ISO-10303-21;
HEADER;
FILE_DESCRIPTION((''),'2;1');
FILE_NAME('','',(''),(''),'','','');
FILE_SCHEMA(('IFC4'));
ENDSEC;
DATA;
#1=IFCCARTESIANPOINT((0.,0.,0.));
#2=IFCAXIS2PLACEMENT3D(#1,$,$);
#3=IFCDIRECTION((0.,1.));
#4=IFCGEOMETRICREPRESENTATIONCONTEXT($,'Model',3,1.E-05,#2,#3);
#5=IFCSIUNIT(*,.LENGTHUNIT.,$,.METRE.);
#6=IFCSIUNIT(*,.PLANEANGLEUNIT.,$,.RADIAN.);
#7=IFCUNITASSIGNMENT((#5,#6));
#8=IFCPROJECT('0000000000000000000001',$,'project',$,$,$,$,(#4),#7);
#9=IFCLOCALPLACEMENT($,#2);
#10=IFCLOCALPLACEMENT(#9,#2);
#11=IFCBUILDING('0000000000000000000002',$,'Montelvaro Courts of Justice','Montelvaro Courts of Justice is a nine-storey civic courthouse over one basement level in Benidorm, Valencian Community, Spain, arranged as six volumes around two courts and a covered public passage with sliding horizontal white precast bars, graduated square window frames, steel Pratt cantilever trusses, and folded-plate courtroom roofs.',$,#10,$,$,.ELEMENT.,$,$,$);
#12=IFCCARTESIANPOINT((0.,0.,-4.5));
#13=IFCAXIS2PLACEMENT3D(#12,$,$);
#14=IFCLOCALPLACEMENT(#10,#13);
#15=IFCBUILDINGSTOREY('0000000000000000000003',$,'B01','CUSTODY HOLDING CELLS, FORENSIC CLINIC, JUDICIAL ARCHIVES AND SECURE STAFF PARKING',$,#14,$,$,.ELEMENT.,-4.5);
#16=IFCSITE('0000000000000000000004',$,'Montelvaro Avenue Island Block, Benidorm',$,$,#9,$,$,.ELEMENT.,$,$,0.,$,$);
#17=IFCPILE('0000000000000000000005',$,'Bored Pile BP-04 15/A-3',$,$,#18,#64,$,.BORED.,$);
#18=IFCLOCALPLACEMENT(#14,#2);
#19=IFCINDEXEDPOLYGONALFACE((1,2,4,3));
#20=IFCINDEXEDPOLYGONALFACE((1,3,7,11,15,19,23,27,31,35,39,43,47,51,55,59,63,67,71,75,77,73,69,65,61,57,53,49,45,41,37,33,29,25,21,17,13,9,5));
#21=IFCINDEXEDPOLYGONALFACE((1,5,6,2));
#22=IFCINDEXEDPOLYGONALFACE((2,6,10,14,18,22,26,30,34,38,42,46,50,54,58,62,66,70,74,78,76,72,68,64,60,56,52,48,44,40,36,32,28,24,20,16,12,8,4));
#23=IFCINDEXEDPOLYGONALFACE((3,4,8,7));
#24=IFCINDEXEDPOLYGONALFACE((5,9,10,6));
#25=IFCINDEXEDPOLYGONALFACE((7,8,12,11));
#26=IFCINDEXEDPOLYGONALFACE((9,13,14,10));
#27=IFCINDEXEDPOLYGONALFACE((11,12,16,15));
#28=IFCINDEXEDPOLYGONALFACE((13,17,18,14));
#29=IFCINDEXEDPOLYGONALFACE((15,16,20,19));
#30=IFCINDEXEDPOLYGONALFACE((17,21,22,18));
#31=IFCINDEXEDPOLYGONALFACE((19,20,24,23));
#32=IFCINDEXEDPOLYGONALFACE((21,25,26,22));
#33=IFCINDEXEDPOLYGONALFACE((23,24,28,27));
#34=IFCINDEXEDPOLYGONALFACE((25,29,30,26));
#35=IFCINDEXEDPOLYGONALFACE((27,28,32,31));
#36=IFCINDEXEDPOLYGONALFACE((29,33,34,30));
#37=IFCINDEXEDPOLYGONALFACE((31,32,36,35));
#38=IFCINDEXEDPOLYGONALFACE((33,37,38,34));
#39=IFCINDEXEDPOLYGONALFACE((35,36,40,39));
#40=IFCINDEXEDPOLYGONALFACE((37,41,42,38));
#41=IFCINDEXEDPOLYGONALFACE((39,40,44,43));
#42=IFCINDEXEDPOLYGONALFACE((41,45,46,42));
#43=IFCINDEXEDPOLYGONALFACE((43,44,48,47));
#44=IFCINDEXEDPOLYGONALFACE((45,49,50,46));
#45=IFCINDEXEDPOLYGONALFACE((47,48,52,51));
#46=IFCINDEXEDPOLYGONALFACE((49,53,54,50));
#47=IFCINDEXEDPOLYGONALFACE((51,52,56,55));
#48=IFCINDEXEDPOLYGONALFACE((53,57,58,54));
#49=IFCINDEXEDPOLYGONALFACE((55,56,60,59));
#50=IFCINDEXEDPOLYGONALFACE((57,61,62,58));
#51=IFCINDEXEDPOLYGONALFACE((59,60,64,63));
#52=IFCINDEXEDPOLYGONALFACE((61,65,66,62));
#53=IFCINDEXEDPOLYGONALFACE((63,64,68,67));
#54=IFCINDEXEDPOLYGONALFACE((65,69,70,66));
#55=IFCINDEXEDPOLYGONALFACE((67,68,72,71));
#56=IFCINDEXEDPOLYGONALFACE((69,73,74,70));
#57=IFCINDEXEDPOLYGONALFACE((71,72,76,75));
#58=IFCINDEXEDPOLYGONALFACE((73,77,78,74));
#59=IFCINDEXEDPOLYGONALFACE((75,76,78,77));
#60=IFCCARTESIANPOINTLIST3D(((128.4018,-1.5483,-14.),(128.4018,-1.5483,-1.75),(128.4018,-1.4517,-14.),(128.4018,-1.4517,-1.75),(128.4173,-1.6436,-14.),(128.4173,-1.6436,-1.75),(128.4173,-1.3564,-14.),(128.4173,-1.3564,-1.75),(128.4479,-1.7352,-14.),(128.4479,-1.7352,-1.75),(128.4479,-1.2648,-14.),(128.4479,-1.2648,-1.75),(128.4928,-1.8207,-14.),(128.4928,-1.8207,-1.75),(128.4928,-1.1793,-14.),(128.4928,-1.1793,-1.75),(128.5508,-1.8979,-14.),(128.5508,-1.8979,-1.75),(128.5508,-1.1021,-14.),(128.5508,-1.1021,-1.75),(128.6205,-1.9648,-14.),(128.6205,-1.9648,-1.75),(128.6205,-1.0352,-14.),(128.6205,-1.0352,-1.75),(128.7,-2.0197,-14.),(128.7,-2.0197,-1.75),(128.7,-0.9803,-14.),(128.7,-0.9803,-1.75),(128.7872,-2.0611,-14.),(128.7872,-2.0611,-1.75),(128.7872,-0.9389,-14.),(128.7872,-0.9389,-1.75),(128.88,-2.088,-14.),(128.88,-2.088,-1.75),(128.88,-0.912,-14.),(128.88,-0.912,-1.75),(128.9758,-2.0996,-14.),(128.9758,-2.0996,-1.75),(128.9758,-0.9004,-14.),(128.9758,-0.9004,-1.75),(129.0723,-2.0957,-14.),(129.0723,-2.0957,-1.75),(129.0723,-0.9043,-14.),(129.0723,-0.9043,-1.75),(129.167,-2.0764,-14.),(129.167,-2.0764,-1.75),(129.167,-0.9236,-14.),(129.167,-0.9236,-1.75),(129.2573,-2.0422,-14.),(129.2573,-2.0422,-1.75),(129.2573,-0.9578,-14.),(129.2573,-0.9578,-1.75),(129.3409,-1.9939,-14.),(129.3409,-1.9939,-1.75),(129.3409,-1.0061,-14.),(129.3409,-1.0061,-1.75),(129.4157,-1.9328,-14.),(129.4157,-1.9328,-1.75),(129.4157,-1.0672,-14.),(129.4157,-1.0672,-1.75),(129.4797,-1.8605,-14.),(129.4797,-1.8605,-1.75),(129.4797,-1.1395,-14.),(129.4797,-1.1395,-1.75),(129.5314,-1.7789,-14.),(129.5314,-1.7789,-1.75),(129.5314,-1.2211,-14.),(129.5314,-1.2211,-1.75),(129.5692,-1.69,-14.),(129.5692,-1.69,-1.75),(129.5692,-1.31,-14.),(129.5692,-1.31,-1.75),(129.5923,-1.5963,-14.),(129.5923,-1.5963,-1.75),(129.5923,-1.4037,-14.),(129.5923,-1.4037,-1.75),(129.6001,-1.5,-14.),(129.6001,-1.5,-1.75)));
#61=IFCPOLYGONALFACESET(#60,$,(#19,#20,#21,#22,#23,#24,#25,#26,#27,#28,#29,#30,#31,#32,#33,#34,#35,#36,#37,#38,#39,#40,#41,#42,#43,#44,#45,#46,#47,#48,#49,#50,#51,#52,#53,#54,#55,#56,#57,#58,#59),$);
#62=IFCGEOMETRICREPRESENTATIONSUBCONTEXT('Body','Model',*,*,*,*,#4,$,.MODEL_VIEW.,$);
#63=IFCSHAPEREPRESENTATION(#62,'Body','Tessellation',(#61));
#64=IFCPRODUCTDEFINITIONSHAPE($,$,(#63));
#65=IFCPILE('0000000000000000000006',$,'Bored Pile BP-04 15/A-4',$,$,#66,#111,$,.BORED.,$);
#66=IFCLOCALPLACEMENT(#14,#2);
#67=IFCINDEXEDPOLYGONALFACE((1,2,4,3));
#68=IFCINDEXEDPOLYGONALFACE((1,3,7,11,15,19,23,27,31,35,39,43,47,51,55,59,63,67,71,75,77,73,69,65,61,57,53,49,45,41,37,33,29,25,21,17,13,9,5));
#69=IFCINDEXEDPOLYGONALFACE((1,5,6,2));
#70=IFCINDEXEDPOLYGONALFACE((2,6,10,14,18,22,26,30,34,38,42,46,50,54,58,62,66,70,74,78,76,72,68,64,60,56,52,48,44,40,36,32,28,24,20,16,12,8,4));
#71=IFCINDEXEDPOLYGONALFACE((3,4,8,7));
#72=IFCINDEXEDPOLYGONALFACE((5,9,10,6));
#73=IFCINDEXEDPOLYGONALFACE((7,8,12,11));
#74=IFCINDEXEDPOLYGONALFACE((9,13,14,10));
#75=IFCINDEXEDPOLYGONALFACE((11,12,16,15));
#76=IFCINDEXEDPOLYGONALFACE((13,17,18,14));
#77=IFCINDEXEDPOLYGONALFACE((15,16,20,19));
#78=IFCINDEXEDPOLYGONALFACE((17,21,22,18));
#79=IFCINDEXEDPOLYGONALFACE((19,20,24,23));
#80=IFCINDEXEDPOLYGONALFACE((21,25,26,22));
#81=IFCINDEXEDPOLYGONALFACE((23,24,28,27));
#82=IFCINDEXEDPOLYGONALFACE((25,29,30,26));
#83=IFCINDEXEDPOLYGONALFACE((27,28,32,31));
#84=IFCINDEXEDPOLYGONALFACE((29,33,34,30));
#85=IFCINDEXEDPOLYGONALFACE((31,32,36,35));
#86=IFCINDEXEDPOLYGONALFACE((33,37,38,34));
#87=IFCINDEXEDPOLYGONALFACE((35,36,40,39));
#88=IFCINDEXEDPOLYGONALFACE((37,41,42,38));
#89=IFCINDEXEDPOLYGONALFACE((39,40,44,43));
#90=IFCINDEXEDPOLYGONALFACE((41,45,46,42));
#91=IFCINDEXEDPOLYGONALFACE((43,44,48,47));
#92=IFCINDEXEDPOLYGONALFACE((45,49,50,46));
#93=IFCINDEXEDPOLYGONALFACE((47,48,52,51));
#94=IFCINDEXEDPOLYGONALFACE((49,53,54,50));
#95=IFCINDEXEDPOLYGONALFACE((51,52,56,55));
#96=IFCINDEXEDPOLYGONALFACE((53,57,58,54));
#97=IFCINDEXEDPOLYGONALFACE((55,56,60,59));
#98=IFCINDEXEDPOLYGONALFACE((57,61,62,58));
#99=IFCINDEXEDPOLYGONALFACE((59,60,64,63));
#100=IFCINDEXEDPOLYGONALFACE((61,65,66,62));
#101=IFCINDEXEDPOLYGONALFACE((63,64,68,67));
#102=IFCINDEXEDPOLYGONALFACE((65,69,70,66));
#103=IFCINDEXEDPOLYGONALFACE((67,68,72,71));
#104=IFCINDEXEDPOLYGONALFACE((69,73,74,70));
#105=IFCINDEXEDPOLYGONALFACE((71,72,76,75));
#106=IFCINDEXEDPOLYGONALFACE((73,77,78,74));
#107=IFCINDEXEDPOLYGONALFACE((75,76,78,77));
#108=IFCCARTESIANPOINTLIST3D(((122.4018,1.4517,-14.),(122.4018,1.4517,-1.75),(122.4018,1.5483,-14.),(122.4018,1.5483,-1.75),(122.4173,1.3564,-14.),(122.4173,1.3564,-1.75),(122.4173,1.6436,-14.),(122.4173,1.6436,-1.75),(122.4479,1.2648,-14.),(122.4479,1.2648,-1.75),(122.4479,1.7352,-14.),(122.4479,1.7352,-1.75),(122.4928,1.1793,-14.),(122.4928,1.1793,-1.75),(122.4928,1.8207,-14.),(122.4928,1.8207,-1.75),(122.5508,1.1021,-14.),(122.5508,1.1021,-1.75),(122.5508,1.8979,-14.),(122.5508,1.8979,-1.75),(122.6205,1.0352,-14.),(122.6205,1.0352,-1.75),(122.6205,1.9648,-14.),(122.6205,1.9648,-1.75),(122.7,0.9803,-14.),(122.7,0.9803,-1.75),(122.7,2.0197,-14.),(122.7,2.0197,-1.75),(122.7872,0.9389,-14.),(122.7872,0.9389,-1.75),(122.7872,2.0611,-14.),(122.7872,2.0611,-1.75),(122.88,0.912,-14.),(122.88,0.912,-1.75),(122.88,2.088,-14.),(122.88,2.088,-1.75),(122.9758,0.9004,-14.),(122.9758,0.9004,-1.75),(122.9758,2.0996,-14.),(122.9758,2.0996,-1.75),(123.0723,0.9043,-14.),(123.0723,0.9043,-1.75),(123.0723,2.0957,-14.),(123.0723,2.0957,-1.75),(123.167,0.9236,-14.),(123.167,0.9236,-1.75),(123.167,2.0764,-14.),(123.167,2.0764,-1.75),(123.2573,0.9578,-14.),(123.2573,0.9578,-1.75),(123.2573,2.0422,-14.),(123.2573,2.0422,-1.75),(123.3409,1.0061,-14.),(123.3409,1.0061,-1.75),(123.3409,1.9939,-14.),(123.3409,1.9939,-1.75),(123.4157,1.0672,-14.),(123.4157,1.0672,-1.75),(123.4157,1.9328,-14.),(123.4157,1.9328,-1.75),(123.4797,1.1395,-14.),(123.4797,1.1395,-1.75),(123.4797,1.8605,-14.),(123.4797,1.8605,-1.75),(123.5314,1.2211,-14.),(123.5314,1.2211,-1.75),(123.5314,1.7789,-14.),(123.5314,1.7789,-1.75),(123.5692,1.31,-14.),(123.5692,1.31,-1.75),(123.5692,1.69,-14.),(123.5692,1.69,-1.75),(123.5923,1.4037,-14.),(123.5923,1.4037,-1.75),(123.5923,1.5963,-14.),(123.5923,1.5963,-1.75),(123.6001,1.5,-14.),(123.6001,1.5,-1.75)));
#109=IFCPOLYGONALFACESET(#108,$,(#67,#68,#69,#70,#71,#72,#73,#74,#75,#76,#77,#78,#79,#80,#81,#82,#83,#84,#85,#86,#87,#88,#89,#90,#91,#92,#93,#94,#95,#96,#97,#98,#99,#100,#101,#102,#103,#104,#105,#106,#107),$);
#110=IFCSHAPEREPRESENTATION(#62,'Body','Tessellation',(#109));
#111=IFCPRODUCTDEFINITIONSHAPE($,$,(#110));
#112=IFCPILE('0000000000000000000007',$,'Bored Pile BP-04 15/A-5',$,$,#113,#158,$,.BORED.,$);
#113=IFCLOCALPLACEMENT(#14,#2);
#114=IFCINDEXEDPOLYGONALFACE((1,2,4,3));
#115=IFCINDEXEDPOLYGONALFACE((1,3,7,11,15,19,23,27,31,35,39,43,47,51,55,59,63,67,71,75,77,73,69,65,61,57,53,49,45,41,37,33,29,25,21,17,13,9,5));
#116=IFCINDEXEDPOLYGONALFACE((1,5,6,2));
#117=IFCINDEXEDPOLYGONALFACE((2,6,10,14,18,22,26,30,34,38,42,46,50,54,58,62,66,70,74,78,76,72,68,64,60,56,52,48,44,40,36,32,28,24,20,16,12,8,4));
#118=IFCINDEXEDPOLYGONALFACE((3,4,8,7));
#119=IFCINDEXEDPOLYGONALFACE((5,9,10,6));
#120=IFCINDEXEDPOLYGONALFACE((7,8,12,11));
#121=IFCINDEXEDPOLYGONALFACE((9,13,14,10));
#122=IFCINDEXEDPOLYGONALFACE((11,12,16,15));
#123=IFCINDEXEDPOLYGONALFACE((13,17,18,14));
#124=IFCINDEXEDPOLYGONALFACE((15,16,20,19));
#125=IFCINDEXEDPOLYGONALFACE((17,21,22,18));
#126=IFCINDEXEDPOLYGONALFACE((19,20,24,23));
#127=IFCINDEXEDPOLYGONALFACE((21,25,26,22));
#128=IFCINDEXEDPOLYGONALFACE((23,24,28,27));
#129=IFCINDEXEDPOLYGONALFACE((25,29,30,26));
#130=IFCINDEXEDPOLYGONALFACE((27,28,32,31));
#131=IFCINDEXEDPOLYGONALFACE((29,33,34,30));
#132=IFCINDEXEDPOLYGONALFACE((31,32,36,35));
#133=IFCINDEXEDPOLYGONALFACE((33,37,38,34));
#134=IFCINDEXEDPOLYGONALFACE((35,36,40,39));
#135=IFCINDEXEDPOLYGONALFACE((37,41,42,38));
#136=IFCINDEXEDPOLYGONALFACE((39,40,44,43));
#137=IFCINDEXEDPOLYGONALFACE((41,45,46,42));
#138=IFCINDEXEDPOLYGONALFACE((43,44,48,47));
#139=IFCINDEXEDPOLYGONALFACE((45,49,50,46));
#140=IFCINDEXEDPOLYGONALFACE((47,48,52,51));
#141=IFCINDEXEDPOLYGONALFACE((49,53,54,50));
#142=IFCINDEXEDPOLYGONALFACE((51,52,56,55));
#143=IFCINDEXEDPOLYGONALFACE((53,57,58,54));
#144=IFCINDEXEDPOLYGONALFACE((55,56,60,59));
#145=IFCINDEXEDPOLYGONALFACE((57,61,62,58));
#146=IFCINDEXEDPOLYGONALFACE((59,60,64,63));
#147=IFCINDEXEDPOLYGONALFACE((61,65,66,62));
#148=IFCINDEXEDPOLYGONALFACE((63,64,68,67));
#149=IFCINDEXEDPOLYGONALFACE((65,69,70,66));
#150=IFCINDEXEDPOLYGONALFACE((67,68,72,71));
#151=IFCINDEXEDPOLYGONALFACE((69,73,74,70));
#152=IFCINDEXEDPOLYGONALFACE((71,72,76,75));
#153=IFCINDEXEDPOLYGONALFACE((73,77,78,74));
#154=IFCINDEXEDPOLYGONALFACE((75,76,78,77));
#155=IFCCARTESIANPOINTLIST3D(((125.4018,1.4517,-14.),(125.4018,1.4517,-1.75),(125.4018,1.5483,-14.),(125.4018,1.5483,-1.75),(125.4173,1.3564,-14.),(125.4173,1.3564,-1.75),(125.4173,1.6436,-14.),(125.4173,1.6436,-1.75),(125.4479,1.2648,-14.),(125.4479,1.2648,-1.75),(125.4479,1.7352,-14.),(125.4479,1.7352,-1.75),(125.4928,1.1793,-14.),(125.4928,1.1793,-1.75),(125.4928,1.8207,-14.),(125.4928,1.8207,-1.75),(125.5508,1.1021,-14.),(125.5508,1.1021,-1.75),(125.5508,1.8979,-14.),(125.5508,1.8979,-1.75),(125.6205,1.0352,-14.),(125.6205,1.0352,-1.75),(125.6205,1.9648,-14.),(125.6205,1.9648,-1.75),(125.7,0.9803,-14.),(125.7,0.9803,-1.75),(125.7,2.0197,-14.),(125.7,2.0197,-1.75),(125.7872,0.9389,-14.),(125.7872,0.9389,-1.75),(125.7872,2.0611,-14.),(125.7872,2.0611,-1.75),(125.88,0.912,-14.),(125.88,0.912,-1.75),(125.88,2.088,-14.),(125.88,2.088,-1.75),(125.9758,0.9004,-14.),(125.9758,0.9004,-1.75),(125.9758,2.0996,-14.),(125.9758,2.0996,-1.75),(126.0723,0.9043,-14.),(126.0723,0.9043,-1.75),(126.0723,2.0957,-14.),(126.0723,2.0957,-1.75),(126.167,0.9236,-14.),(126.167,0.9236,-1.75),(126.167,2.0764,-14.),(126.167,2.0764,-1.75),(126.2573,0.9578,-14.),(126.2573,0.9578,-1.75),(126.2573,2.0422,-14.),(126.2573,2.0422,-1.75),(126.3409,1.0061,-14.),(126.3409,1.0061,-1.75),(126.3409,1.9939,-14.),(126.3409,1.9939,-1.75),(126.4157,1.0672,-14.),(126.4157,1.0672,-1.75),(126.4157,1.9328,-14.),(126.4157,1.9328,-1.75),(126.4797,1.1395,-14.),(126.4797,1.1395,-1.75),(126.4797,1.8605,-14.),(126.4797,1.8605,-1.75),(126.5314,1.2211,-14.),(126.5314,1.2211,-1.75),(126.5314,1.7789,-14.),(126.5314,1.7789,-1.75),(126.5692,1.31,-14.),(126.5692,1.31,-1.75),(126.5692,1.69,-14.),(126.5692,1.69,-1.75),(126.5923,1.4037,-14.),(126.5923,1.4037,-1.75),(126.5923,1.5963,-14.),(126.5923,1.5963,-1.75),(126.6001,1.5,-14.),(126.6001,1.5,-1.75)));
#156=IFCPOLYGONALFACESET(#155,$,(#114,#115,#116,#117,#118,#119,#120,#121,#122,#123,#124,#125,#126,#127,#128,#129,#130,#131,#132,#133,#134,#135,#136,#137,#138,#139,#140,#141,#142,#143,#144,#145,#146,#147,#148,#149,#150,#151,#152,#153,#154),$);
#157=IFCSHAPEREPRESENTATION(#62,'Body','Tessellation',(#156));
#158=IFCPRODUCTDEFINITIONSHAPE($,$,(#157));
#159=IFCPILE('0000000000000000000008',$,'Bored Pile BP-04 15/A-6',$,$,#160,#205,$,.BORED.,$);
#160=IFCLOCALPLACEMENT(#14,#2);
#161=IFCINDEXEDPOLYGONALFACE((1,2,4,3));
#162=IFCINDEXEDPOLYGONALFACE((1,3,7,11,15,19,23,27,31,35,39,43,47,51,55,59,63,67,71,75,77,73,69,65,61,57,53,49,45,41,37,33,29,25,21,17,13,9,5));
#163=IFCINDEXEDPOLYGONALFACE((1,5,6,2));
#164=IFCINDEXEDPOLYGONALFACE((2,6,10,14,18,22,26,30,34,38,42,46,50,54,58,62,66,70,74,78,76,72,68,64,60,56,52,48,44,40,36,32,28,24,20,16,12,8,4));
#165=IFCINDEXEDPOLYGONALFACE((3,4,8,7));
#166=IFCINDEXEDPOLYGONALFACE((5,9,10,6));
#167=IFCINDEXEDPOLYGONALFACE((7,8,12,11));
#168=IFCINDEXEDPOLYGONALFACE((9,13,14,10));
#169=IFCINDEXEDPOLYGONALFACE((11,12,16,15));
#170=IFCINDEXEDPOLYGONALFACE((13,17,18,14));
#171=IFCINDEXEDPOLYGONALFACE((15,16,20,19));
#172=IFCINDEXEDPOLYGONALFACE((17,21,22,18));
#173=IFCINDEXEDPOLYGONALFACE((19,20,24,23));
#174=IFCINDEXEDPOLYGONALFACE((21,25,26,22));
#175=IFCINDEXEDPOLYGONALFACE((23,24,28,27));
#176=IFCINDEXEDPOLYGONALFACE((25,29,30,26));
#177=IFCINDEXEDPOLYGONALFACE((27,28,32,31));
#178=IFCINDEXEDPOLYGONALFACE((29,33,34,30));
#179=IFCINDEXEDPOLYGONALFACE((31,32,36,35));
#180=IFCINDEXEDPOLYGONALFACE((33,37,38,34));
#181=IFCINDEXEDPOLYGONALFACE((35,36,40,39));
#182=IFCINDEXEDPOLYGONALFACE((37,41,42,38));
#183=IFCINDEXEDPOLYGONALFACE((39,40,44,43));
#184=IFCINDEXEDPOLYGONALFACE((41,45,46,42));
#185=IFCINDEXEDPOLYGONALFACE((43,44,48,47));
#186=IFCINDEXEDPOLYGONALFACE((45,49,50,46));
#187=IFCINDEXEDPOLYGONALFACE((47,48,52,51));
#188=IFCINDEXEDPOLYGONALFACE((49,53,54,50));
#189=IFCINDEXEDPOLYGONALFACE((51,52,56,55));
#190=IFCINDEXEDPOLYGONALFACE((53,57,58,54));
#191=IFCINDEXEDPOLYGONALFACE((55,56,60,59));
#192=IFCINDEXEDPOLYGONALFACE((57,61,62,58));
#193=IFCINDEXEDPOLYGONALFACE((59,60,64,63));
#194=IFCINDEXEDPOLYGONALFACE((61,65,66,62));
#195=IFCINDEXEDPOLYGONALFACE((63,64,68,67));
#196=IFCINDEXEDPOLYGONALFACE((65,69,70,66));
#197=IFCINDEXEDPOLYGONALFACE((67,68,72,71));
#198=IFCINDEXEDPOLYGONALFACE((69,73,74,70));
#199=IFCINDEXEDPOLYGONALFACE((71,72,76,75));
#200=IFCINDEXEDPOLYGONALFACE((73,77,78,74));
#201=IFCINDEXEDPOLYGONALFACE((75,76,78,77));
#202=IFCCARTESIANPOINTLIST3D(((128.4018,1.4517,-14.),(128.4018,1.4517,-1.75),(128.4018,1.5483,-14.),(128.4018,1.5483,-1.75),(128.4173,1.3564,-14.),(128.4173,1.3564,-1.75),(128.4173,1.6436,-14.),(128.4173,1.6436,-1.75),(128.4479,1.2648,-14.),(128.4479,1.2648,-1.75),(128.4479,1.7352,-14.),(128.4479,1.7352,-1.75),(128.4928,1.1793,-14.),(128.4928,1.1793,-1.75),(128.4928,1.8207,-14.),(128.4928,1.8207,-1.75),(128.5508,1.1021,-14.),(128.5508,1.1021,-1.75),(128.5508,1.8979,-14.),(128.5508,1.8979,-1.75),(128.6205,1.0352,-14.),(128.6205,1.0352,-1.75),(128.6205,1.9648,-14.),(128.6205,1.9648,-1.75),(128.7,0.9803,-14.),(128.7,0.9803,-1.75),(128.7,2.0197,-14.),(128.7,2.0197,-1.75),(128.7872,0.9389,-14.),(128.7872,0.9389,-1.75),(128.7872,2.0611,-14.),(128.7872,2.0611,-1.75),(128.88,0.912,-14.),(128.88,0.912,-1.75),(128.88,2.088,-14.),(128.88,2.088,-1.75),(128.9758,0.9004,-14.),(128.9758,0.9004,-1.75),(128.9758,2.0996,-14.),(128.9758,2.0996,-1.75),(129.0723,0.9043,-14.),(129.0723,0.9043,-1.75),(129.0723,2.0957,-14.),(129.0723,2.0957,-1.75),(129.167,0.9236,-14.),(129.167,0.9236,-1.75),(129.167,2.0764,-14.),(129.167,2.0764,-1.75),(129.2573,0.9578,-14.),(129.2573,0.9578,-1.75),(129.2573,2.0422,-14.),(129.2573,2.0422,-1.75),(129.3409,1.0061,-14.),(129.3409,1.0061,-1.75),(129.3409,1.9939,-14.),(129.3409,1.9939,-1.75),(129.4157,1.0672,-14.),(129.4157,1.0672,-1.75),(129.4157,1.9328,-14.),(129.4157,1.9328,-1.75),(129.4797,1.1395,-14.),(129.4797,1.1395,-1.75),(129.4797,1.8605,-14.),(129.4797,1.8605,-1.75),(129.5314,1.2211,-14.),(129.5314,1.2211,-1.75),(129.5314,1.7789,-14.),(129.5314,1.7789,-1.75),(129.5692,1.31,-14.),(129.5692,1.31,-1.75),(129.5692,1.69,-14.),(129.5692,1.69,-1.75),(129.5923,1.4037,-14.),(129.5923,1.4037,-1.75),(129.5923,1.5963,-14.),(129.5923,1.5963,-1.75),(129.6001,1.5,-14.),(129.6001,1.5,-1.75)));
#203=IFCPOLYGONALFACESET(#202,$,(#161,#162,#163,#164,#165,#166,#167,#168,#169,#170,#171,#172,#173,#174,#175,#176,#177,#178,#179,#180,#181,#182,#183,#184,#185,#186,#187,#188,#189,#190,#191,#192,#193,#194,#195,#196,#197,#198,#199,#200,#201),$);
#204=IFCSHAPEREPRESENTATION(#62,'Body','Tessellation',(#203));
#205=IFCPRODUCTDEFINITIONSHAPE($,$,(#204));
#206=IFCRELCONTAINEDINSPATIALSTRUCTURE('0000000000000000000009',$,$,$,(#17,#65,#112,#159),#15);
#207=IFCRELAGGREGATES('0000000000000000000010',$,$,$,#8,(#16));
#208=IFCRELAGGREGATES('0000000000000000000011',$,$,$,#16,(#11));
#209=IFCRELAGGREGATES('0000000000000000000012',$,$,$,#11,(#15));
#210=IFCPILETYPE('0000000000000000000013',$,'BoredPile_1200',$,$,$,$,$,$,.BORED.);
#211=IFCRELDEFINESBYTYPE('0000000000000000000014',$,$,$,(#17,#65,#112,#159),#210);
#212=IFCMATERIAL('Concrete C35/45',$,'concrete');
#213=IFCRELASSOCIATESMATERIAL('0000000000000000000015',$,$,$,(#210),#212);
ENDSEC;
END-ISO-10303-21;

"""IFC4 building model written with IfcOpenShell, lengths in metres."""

from ifc_helpers import new_model, si_unit, direction, frame, origin, origin_2d, place, context, subcontext, project, spatial, circle, extrude, material, material_profile, profile_set, type_object, element, save


model = new_model("IFC4")

# Units and contexts
model_context = context("Model", 3, precision=1e-05, world=origin(), true_north=direction((0.0, 1.0)))
body_context = subcontext(model_context, "Body", "Model", "MODEL_VIEW")
ifc_project = project(units=[si_unit("LENGTHUNIT", "METRE"), si_unit("PLANEANGLEUNIT", "RADIAN")], contexts=[model_context])

# Site, building, storey
site_placement = place(None, origin())
site = spatial("IfcSite", under=ifc_project, at=site_placement, Name="Montelvaro Avenue Island Block, Benidorm", CompositionType="ELEMENT", RefElevation=0.0)
building_placement = place(site_placement, origin())
building = spatial("IfcBuilding", under=site, at=building_placement, Name="Montelvaro Courts of Justice", Description="Montelvaro Courts of Justice is a nine-storey civic courthouse over one basement level in Benidorm, Valencian Community, Spain, arranged as six volumes around two courts and a covered public passage with sliding horizontal white precast bars, graduated square window frames, steel Pratt cantilever trusses, and folded-plate courtroom roofs.", CompositionType="ELEMENT")
storey_placement = place(building_placement, frame((0.0, 0.0, -4.5)))
storey = spatial("IfcBuildingStorey", under=building, at=storey_placement, Name="B01", Description="CUSTODY HOLDING CELLS, FORENSIC CLINIC, JUDICIAL ARCHIVES AND SECURE STAFF PARKING", CompositionType="ELEMENT", Elevation=-4.5)

# Piles
ifc_material_1 = material(Name="Concrete C35/45", Category="concrete")
ifc_material_profile_1 = material_profile(ifc_material_1, circle(Radius=0.6001, at=origin_2d()), Name="BORED PILE D1200")
ifc_profile_set_1 = profile_set([ifc_material_profile_1], Name="Concrete C35/45")
pile_type_1 = type_object("IfcPileType", Name="BoredPile_1200", PredefinedType="BORED", material=ifc_profile_set_1)
for number, where, z_axis, x_axis, name in (
    (1, (129.0, -1.5, -1.75), (0.0, 0.0, -1.0), (1.0, 0.0, 0.0), "Bored Pile BP-04 15/A-3"),
    (2, (123.0, 1.5, -1.75), (0.0, 0.0, -1.0), (1.0, 0.0, 0.0), "Bored Pile BP-04 15/A-4"),
    (3, (126.0, 1.5, -1.75), (0.0, 0.0, -1.0), (1.0, 0.0, 0.0), "Bored Pile BP-04 15/A-5"),
    (4, (129.0, 1.5, -1.75), (0.0, 0.0, -1.0), (1.0, 0.0, 0.0), "Bored Pile BP-04 15/A-6"),
):
    element("IfcPile", number, at=place(storey_placement, frame(where, z_axis=z_axis, x_axis=x_axis)), inside=storey, type_object=pile_type_1, Name=name, PredefinedType="BORED", context=body_context, shape_type="SweptSolid", body=[
        extrude(circle(Radius=0.6001, at=origin_2d()), origin(), (0.0, 0.0, 1.0), 12.25),
    ])

save(model, "model.ifc")
